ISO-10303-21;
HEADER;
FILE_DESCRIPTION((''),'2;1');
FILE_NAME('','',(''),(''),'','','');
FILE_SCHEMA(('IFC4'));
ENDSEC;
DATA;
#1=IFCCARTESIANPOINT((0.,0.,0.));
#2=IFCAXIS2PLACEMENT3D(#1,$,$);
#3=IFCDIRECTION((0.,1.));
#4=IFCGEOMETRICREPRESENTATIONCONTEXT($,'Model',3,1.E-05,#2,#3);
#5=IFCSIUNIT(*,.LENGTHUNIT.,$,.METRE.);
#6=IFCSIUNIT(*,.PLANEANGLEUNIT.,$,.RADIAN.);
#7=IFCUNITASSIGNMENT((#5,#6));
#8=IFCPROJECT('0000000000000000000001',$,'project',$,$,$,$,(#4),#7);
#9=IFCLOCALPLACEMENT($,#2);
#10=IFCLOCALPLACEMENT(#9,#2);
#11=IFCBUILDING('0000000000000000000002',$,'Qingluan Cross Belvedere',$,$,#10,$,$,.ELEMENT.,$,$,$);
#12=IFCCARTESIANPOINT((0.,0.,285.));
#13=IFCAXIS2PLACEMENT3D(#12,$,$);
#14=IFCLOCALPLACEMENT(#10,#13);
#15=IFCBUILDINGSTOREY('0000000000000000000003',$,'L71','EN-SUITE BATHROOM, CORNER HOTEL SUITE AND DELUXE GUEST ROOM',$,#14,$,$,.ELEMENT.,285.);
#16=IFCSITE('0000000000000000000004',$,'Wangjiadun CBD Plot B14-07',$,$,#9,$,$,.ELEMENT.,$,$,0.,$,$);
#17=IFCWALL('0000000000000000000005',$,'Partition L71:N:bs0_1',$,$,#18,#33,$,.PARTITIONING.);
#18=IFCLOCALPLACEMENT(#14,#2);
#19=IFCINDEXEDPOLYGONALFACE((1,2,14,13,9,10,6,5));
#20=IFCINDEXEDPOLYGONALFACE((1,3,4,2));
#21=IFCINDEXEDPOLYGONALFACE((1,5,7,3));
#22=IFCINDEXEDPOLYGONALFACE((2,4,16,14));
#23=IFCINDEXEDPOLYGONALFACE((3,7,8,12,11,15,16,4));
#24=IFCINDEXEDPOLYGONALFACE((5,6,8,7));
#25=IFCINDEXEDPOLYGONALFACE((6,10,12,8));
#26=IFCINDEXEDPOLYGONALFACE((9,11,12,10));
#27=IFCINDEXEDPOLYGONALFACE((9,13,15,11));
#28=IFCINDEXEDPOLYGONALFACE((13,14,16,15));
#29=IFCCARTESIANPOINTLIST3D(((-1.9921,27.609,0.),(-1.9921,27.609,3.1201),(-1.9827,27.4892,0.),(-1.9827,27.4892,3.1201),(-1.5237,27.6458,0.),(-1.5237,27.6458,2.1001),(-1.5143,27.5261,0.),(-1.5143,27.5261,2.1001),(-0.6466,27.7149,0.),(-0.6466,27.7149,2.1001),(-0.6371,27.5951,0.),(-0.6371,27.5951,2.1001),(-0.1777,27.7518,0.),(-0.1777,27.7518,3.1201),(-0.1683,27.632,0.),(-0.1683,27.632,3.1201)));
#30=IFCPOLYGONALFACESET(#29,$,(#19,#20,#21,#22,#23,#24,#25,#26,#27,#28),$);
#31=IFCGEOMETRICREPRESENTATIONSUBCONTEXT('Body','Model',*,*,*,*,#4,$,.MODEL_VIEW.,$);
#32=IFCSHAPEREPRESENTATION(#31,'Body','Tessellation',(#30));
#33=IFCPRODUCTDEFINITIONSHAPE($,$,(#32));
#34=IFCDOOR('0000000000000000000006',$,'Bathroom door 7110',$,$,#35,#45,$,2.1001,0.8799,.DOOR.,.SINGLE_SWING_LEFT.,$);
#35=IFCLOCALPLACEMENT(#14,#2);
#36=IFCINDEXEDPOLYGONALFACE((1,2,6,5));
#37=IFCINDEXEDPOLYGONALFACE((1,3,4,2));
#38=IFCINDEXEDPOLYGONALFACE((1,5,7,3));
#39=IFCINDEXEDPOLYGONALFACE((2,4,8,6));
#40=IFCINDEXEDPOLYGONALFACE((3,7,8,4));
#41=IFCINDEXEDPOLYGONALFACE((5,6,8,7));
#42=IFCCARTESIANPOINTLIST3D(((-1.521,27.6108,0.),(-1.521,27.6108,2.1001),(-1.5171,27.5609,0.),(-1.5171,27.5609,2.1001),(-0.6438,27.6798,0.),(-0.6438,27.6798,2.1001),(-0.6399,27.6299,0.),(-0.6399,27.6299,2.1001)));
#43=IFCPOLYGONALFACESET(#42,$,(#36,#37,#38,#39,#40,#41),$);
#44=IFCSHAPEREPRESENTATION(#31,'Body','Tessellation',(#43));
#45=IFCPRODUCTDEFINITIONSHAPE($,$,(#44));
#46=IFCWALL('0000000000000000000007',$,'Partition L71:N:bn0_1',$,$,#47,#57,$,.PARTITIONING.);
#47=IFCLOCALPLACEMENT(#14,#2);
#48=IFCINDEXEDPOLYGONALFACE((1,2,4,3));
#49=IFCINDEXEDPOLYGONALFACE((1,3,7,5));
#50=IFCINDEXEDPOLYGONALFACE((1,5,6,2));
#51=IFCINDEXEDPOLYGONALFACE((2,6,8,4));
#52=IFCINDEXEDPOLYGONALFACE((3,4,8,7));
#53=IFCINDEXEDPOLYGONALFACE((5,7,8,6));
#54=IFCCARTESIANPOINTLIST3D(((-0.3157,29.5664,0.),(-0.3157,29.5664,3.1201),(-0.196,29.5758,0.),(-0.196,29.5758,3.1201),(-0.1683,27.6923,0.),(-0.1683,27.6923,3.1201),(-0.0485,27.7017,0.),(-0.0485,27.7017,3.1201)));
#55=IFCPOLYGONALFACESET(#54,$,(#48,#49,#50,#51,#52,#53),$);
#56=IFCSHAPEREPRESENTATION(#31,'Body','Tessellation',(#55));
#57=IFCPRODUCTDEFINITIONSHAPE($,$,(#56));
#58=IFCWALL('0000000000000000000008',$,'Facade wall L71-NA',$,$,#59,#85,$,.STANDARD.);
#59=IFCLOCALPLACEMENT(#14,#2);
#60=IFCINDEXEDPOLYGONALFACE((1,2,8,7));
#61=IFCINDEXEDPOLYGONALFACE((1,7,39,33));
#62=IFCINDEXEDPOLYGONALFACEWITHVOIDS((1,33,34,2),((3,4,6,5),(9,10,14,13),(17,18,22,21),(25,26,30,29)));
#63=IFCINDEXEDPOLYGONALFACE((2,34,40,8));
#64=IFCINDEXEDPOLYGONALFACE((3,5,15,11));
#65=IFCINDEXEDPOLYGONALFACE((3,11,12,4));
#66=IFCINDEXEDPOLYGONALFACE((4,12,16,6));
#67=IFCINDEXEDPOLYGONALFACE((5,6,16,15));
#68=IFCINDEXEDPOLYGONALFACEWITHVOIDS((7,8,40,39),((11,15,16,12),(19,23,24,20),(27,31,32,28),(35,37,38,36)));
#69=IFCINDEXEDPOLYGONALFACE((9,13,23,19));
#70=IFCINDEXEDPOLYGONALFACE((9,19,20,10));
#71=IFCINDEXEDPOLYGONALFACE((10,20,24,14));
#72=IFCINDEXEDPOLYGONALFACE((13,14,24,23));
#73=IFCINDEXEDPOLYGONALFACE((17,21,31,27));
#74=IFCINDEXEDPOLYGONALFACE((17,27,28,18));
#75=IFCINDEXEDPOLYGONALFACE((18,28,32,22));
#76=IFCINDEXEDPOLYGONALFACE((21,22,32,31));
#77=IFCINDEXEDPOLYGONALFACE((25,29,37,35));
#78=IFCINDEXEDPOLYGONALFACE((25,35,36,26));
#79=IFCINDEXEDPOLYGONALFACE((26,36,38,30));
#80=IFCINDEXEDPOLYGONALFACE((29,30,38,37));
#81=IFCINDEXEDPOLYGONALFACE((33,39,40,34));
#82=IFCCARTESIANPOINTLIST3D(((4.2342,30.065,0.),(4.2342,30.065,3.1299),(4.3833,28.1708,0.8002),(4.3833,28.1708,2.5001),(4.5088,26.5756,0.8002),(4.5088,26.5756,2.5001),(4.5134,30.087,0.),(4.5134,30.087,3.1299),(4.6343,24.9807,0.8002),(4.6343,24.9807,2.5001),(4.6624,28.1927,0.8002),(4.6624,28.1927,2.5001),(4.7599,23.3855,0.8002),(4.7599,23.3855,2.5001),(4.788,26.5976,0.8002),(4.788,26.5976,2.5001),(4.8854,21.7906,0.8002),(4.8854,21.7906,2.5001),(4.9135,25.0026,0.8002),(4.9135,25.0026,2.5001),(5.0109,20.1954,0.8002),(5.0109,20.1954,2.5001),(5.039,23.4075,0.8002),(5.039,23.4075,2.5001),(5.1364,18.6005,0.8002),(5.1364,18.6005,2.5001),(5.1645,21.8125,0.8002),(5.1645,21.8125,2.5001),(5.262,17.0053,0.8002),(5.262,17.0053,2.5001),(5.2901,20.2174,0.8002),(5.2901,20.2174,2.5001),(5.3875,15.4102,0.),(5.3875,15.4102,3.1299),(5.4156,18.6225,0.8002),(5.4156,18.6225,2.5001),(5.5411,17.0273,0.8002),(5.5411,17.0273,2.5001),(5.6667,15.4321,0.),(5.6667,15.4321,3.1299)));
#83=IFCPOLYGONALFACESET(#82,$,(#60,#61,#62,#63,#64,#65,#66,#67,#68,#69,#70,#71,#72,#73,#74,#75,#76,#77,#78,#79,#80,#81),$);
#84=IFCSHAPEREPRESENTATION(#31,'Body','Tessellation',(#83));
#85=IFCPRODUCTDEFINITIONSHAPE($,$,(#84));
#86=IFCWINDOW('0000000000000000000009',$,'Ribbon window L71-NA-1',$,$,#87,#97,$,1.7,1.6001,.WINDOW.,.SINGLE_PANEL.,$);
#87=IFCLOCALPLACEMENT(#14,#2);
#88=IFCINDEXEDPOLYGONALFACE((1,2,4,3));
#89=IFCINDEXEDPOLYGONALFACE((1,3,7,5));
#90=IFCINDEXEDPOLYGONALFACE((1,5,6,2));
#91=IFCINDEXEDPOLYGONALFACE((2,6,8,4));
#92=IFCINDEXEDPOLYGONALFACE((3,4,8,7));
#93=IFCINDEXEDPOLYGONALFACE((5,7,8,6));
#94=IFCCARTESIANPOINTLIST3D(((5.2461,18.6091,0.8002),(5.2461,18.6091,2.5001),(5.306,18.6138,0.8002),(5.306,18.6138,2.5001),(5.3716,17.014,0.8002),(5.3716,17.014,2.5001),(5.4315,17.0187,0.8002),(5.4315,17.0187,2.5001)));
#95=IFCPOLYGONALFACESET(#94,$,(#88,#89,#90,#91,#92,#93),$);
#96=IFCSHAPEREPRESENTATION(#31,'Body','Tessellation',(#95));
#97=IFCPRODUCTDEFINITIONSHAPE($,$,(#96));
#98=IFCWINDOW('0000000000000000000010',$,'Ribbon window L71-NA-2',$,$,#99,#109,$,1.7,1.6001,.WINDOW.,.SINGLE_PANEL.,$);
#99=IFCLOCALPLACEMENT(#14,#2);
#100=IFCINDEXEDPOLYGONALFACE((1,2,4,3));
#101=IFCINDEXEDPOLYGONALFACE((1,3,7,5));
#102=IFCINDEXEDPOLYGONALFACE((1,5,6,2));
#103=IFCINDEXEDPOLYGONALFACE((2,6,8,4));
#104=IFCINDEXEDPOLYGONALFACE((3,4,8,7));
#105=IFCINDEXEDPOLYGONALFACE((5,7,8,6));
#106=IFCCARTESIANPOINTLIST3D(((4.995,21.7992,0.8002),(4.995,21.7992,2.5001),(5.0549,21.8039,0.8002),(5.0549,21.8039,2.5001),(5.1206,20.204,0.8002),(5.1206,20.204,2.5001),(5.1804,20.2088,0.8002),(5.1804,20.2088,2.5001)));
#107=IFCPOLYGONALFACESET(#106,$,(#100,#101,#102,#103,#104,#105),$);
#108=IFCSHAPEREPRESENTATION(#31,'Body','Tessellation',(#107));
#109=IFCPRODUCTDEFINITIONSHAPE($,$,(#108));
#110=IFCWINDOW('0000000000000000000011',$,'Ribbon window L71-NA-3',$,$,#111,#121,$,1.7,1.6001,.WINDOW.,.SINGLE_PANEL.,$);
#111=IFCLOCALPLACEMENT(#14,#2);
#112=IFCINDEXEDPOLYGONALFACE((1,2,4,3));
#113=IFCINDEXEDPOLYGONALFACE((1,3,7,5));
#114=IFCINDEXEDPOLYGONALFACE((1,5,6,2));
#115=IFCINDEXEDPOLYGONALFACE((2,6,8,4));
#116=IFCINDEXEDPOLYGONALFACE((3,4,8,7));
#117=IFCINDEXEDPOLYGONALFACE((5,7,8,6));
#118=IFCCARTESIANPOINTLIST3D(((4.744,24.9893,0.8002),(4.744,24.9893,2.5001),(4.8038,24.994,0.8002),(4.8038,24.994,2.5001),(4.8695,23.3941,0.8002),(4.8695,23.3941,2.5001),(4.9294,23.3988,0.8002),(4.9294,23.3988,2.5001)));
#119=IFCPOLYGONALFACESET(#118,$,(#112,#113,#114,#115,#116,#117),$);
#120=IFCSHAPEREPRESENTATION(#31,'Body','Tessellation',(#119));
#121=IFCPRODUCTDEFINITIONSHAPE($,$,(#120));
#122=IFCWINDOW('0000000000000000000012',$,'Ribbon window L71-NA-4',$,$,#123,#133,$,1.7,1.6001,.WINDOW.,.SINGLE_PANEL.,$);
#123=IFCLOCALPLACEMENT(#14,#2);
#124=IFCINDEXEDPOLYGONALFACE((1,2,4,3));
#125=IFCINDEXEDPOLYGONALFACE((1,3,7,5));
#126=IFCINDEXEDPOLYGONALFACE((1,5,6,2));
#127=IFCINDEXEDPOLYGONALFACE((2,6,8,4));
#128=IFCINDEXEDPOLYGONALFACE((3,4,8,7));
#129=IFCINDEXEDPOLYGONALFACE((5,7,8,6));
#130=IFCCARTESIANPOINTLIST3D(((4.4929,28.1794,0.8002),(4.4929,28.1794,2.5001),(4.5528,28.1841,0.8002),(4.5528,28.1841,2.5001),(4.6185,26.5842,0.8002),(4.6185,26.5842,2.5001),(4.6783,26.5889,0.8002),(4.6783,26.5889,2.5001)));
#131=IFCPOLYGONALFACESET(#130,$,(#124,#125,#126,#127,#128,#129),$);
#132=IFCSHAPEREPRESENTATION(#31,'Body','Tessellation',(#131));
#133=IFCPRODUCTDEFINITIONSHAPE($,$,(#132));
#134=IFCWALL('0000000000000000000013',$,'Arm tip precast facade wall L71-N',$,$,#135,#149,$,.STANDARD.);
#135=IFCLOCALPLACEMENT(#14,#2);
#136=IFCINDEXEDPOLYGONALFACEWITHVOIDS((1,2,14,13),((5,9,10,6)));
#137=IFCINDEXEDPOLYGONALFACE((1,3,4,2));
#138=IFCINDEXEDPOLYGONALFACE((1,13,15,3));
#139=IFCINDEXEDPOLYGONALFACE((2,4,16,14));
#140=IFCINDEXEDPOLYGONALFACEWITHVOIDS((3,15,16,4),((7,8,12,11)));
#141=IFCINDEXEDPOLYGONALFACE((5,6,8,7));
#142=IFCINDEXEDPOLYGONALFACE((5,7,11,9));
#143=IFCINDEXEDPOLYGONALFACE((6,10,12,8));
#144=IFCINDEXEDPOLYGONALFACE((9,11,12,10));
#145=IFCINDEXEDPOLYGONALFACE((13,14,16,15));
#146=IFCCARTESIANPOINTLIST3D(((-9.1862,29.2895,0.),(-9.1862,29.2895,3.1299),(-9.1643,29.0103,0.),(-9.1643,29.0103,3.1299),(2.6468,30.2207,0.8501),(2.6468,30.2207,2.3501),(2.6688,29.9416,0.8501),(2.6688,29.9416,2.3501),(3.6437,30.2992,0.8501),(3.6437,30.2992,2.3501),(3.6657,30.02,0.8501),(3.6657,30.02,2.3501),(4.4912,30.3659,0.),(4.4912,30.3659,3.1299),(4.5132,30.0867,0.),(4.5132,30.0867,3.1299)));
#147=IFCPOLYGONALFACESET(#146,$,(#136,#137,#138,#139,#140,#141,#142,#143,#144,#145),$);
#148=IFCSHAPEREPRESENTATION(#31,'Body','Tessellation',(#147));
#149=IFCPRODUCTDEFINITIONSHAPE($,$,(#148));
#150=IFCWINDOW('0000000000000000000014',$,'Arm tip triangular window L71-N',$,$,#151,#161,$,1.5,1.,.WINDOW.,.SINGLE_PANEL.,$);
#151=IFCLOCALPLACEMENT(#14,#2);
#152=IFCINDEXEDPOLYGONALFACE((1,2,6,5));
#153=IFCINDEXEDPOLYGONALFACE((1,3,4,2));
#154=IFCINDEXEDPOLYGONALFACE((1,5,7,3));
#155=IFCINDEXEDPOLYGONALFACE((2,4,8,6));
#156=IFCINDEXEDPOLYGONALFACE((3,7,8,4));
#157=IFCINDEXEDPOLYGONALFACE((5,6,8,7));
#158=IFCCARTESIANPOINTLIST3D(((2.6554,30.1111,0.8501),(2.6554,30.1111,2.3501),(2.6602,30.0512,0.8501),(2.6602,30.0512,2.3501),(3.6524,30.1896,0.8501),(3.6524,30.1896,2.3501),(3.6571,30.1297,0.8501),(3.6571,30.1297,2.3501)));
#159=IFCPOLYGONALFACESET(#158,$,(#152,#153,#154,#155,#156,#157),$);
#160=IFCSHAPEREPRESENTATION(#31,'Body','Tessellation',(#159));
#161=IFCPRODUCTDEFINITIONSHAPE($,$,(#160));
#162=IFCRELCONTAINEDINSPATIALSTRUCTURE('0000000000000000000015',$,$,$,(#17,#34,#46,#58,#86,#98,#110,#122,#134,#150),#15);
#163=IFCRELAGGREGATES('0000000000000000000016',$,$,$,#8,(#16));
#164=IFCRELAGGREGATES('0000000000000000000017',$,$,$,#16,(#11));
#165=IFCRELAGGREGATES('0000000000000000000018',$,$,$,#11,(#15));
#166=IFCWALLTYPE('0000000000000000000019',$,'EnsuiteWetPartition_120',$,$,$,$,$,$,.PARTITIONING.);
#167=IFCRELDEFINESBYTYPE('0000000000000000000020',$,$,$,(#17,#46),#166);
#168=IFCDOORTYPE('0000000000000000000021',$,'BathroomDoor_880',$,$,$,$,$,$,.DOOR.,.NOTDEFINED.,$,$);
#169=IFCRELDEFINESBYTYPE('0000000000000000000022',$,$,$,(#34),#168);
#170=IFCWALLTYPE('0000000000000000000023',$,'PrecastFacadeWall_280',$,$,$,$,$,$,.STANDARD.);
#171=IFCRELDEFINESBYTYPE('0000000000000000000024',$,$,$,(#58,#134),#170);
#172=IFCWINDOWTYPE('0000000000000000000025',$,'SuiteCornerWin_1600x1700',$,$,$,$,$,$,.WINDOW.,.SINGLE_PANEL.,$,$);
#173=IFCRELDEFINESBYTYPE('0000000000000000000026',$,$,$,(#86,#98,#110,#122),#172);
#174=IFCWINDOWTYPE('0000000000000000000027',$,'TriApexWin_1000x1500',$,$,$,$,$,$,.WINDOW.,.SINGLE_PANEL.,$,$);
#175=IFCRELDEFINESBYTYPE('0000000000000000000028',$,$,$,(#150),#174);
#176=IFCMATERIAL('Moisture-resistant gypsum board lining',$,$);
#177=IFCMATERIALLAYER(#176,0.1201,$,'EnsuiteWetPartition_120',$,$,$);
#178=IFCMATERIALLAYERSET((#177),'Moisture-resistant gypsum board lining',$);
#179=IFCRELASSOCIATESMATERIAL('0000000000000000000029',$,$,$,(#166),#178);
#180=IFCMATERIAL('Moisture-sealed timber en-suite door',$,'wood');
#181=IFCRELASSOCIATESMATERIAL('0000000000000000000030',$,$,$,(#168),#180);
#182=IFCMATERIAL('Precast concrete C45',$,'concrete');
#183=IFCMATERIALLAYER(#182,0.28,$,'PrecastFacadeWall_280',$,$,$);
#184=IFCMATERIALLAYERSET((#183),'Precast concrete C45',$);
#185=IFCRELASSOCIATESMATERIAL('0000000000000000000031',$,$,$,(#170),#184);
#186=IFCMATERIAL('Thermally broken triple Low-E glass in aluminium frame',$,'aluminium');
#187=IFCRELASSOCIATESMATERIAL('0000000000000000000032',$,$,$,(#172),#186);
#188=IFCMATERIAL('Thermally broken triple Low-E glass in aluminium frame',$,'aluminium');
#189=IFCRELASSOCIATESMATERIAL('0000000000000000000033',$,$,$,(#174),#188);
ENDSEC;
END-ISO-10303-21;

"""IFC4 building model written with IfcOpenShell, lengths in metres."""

from ifc_helpers import new_model, si_unit, direction, frame, frame_2d, origin, place, context, subcontext, project, spatial, rectangle, extrude, material, layer, layer_set, type_object, element, fill, save


model = new_model("IFC4")

# Units and contexts
model_context = context("Model", 3, precision=1e-05, world=origin(), true_north=direction((0.0, 1.0)))
body_context = subcontext(model_context, "Body", "Model", "MODEL_VIEW")
ifc_project = project(units=[si_unit("LENGTHUNIT", "METRE"), si_unit("PLANEANGLEUNIT", "RADIAN")], contexts=[model_context])

# Site, building, storey
site_placement = place(None, origin())
site = spatial("IfcSite", under=ifc_project, at=site_placement, Name="Wangjiadun CBD Plot B14-07", CompositionType="ELEMENT", RefElevation=0.0)
building_placement = place(site_placement, origin())
building = spatial("IfcBuilding", under=site, at=building_placement, Name="Qingluan Cross Belvedere", CompositionType="ELEMENT")
storey_placement = place(building_placement, frame((0.0, 0.0, 285.0)))
storey = spatial("IfcBuildingStorey", under=building, at=storey_placement, Name="L71", Description="EN-SUITE BATHROOM, CORNER HOTEL SUITE AND DELUXE GUEST ROOM", CompositionType="ELEMENT", Elevation=285.0)

# Shared definitions
ifc_material_1 = material(Name="Moisture-resistant gypsum board lining")
ifc_layer_1 = layer(ifc_material_1, 0.1201, Name="EnsuiteWetPartition_120")
ifc_layer_set_1 = layer_set([ifc_layer_1], Name="Moisture-resistant gypsum board lining")
wall_type_1 = type_object("IfcWallType", Name="EnsuiteWetPartition_120", PredefinedType="PARTITIONING", material=ifc_layer_set_1)
ifc_material_2 = material(Name="Moisture-sealed timber en-suite door", Category="wood")
door_type_1 = type_object("IfcDoorType", Name="BathroomDoor_880", OperationType="NOTDEFINED", PredefinedType="DOOR", material=ifc_material_2)

# Wall, opening, door
wall_1_placement = place(storey_placement, frame((-1.9875, 27.5491, 0.0), z_axis=(0.0, 0.0, 1.0), x_axis=(0.996916, 0.078471, 0.0)))
wall_1 = element("IfcWall", 1, at=wall_1_placement, inside=storey, type_object=wall_type_1, Name="Partition L71:N:bs0_1", PredefinedType="PARTITIONING", context=body_context, shape_type="SweptSolid", body=[
    extrude(rectangle(XDim=1.8201, YDim=0.1201, at=frame_2d((0.9102, 0.0))), origin(), (0.0, 0.0, 1.0), 3.1201),
])
opening_1_placement = place(wall_1_placement, frame((0.47, 0.0, 0.0)))
opening_1 = element("IfcOpeningElement", 2, at=opening_1_placement, cuts=wall_1, PredefinedType="OPENING", context=body_context, shape_type="SweptSolid", body=[
    extrude(rectangle(XDim=0.8799, YDim=2.1001, at=frame_2d((0.4399, 1.05))), frame((0.0, 0.0701, 0.0), z_axis=(0.0, -1.0, 0.0), x_axis=(1.0, 0.0, 0.0)), (0.0, 0.0, 1.0), 0.1401),
])
door_1_placement = place(opening_1_placement, origin())
door_1 = element("IfcDoor", 3, at=door_1_placement, inside=storey, type_object=door_type_1, Name="Bathroom door 7110", OperationType="SINGLE_SWING_LEFT", OverallHeight=2.1001, OverallWidth=0.8799, PredefinedType="DOOR", context=body_context, shape_type="SweptSolid", body=[
    extrude(rectangle(XDim=0.8799, YDim=2.1001, at=frame_2d((0.4399, 1.05))), frame((0.0, 0.0249, 0.0), z_axis=(0.0, -1.0, 0.0), x_axis=(1.0, 0.0, 0.0)), (0.0, 0.0, 1.0), 0.05),
])
fill(opening_1, door_1)

# Wall
wall_2_placement = place(storey_placement, frame((-0.1084, 27.697, 0.0), z_axis=(0.0, 0.0, 1.0), x_axis=(-0.078444, 0.996918, 0.0)))
element("IfcWall", 4, at=wall_2_placement, inside=storey, type_object=wall_type_1, Name="Partition L71:N:bn0_1", PredefinedType="PARTITIONING", context=body_context, shape_type="SweptSolid", body=[
    extrude(rectangle(XDim=1.8799, YDim=0.1201, at=frame_2d((0.9399, 0.0))), origin(), (0.0, 0.0, 1.0), 3.1201),
])

# Wall, openings, windows
ifc_material_3 = material(Name="Precast concrete C45", Category="concrete")
ifc_layer_2 = layer(ifc_material_3, 0.28, Name="PrecastFacadeWall_280")
ifc_layer_set_2 = layer_set([ifc_layer_2], Name="Precast concrete C45")
wall_type_2 = type_object("IfcWallType", Name="PrecastFacadeWall_280", PredefinedType="STANDARD", material=ifc_layer_set_2)
wall_3_placement = place(storey_placement, frame((5.5271, 15.4211, 0.0), z_axis=(0.0, 0.0, 1.0), x_axis=(-0.078457, 0.996918, 0.0)))
wall_3 = element("IfcWall", 5, at=wall_3_placement, inside=storey, type_object=wall_type_2, Name="Facade wall L71-NA", PredefinedType="STANDARD", context=body_context, shape_type="SweptSolid", body=[
    extrude(rectangle(XDim=14.7002, YDim=0.28, at=frame_2d((7.3501, 0.0))), origin(), (0.0, 0.0, 1.0), 3.1299),
])
opening_2_placement = place(wall_3_placement, frame((1.6001, 0.0, 0.8)))
opening_2 = element("IfcOpeningElement", 6, at=opening_2_placement, cuts=wall_3, PredefinedType="OPENING", context=body_context, shape_type="SweptSolid", body=[
    extrude(rectangle(XDim=1.6001, YDim=1.7, at=frame_2d((0.8, 0.8501))), frame((0.0, 0.1499, 0.0), z_axis=(0.0, -1.0, 0.0), x_axis=(1.0, 0.0, 0.0)), (0.0, 0.0, 1.0), 0.3),
])
opening_3_placement = place(wall_3_placement, frame((4.8, 0.0, 0.8)))
opening_3 = element("IfcOpeningElement", 7, at=opening_3_placement, cuts=wall_3, PredefinedType="OPENING", context=body_context, shape_type="SweptSolid", body=[
    extrude(rectangle(XDim=1.6001, YDim=1.7, at=frame_2d((0.8, 0.8501))), frame((0.0, 0.1499, 0.0), z_axis=(0.0, -1.0, 0.0), x_axis=(1.0, 0.0, 0.0)), (0.0, 0.0, 1.0), 0.3),
])
opening_4_placement = place(wall_3_placement, frame((8.0, 0.0, 0.8)))
opening_4 = element("IfcOpeningElement", 8, at=opening_4_placement, cuts=wall_3, PredefinedType="OPENING", context=body_context, shape_type="SweptSolid", body=[
    extrude(rectangle(XDim=1.6001, YDim=1.7, at=frame_2d((0.8, 0.8501))), frame((0.0, 0.1499, 0.0), z_axis=(0.0, -1.0, 0.0), x_axis=(1.0, 0.0, 0.0)), (0.0, 0.0, 1.0), 0.3),
])
opening_5_placement = place(wall_3_placement, frame((11.2, 0.0, 0.8)))
opening_5 = element("IfcOpeningElement", 9, at=opening_5_placement, cuts=wall_3, PredefinedType="OPENING", context=body_context, shape_type="SweptSolid", body=[
    extrude(rectangle(XDim=1.6001, YDim=1.7, at=frame_2d((0.8, 0.8501))), frame((0.0, 0.1499, 0.0), z_axis=(0.0, -1.0, 0.0), x_axis=(1.0, 0.0, 0.0)), (0.0, 0.0, 1.0), 0.3),
])
ifc_material_4 = material(Name="Thermally broken triple Low-E glass in aluminium frame", Category="aluminium")
window_type_1 = type_object("IfcWindowType", Name="SuiteCornerWin_1600x1700", PartitioningType="SINGLE_PANEL", PredefinedType="WINDOW", material=ifc_material_4)
window_1_placement = place(opening_2_placement, origin())
window_1 = element("IfcWindow", 10, at=window_1_placement, inside=storey, type_object=window_type_1, Name="Ribbon window L71-NA-1", OverallHeight=1.7, OverallWidth=1.6001, PartitioningType="SINGLE_PANEL", PredefinedType="WINDOW", context=body_context, shape_type="SweptSolid", body=[
    extrude(rectangle(XDim=1.6001, YDim=1.7, at=frame_2d((0.8, 0.8501))), frame((0.0, 0.03, 0.0), z_axis=(0.0, -1.0, 0.0), x_axis=(1.0, 0.0, 0.0)), (0.0, 0.0, 1.0), 0.0601),
])
fill(opening_2, window_1)
window_2_placement = place(opening_3_placement, origin())
window_2 = element("IfcWindow", 11, at=window_2_placement, inside=storey, type_object=window_type_1, Name="Ribbon window L71-NA-2", OverallHeight=1.7, OverallWidth=1.6001, PartitioningType="SINGLE_PANEL", PredefinedType="WINDOW", context=body_context, shape_type="SweptSolid", body=[
    extrude(rectangle(XDim=1.6001, YDim=1.7, at=frame_2d((0.8, 0.8501))), frame((0.0, 0.03, 0.0), z_axis=(0.0, -1.0, 0.0), x_axis=(1.0, 0.0, 0.0)), (0.0, 0.0, 1.0), 0.0601),
])
fill(opening_3, window_2)
window_3_placement = place(opening_4_placement, origin())
window_3 = element("IfcWindow", 12, at=window_3_placement, inside=storey, type_object=window_type_1, Name="Ribbon window L71-NA-3", OverallHeight=1.7, OverallWidth=1.6001, PartitioningType="SINGLE_PANEL", PredefinedType="WINDOW", context=body_context, shape_type="SweptSolid", body=[
    extrude(rectangle(XDim=1.6001, YDim=1.7, at=frame_2d((0.8, 0.8501))), frame((0.0, 0.03, 0.0), z_axis=(0.0, -1.0, 0.0), x_axis=(1.0, 0.0, 0.0)), (0.0, 0.0, 1.0), 0.0601),
])
fill(opening_4, window_3)
window_4_placement = place(opening_5_placement, origin())
window_4 = element("IfcWindow", 13, at=window_4_placement, inside=storey, type_object=window_type_1, Name="Ribbon window L71-NA-4", OverallHeight=1.7, OverallWidth=1.6001, PartitioningType="SINGLE_PANEL", PredefinedType="WINDOW", context=body_context, shape_type="SweptSolid", body=[
    extrude(rectangle(XDim=1.6001, YDim=1.7, at=frame_2d((0.8, 0.8501))), frame((0.0, 0.03, 0.0), z_axis=(0.0, -1.0, 0.0), x_axis=(1.0, 0.0, 0.0)), (0.0, 0.0, 1.0), 0.0601),
])
fill(opening_5, window_4)

# Wall, opening, window
wall_4_placement = place(storey_placement, frame((4.5022, 30.2263, 0.0), z_axis=(0.0, 0.0, 1.0), x_axis=(-0.996917, -0.078457, 0.0)))
wall_4 = element("IfcWall", 14, at=wall_4_placement, inside=storey, type_object=wall_type_2, Name="Arm tip precast facade wall L71-N", PredefinedType="STANDARD", context=body_context, shape_type="SweptSolid", body=[
    extrude(rectangle(XDim=13.7197, YDim=0.28, at=frame_2d((6.8599, 0.0))), origin(), (0.0, 0.0, 1.0), 3.1299),
])
opening_6_placement = place(wall_4_placement, frame((0.8501, 0.0, 0.8501)))
opening_6 = element("IfcOpeningElement", 15, at=opening_6_placement, cuts=wall_4, PredefinedType="OPENING", context=body_context, shape_type="SweptSolid", body=[
    extrude(rectangle(XDim=1.0, YDim=1.5, at=frame_2d((0.5, 0.75))), frame((0.0, 0.1499, 0.0), z_axis=(0.0, -1.0, 0.0), x_axis=(1.0, 0.0, 0.0)), (0.0, 0.0, 1.0), 0.3),
])
ifc_material_5 = material(Name="Thermally broken triple Low-E glass in aluminium frame", Category="aluminium")
window_type_2 = type_object("IfcWindowType", Name="TriApexWin_1000x1500", PartitioningType="SINGLE_PANEL", PredefinedType="WINDOW", material=ifc_material_5)
window_5_placement = place(opening_6_placement, origin())
window_5 = element("IfcWindow", 16, at=window_5_placement, inside=storey, type_object=window_type_2, Name="Arm tip triangular window L71-N", OverallHeight=1.5, OverallWidth=1.0, PartitioningType="SINGLE_PANEL", PredefinedType="WINDOW", context=body_context, shape_type="SweptSolid", body=[
    extrude(rectangle(XDim=1.0, YDim=1.5, at=frame_2d((0.5, 0.75))), frame((0.0, 0.03, 0.0), z_axis=(0.0, -1.0, 0.0), x_axis=(1.0, 0.0, 0.0)), (0.0, 0.0, 1.0), 0.0601),
])
fill(opening_6, window_5)

save(model, "model.ifc")
